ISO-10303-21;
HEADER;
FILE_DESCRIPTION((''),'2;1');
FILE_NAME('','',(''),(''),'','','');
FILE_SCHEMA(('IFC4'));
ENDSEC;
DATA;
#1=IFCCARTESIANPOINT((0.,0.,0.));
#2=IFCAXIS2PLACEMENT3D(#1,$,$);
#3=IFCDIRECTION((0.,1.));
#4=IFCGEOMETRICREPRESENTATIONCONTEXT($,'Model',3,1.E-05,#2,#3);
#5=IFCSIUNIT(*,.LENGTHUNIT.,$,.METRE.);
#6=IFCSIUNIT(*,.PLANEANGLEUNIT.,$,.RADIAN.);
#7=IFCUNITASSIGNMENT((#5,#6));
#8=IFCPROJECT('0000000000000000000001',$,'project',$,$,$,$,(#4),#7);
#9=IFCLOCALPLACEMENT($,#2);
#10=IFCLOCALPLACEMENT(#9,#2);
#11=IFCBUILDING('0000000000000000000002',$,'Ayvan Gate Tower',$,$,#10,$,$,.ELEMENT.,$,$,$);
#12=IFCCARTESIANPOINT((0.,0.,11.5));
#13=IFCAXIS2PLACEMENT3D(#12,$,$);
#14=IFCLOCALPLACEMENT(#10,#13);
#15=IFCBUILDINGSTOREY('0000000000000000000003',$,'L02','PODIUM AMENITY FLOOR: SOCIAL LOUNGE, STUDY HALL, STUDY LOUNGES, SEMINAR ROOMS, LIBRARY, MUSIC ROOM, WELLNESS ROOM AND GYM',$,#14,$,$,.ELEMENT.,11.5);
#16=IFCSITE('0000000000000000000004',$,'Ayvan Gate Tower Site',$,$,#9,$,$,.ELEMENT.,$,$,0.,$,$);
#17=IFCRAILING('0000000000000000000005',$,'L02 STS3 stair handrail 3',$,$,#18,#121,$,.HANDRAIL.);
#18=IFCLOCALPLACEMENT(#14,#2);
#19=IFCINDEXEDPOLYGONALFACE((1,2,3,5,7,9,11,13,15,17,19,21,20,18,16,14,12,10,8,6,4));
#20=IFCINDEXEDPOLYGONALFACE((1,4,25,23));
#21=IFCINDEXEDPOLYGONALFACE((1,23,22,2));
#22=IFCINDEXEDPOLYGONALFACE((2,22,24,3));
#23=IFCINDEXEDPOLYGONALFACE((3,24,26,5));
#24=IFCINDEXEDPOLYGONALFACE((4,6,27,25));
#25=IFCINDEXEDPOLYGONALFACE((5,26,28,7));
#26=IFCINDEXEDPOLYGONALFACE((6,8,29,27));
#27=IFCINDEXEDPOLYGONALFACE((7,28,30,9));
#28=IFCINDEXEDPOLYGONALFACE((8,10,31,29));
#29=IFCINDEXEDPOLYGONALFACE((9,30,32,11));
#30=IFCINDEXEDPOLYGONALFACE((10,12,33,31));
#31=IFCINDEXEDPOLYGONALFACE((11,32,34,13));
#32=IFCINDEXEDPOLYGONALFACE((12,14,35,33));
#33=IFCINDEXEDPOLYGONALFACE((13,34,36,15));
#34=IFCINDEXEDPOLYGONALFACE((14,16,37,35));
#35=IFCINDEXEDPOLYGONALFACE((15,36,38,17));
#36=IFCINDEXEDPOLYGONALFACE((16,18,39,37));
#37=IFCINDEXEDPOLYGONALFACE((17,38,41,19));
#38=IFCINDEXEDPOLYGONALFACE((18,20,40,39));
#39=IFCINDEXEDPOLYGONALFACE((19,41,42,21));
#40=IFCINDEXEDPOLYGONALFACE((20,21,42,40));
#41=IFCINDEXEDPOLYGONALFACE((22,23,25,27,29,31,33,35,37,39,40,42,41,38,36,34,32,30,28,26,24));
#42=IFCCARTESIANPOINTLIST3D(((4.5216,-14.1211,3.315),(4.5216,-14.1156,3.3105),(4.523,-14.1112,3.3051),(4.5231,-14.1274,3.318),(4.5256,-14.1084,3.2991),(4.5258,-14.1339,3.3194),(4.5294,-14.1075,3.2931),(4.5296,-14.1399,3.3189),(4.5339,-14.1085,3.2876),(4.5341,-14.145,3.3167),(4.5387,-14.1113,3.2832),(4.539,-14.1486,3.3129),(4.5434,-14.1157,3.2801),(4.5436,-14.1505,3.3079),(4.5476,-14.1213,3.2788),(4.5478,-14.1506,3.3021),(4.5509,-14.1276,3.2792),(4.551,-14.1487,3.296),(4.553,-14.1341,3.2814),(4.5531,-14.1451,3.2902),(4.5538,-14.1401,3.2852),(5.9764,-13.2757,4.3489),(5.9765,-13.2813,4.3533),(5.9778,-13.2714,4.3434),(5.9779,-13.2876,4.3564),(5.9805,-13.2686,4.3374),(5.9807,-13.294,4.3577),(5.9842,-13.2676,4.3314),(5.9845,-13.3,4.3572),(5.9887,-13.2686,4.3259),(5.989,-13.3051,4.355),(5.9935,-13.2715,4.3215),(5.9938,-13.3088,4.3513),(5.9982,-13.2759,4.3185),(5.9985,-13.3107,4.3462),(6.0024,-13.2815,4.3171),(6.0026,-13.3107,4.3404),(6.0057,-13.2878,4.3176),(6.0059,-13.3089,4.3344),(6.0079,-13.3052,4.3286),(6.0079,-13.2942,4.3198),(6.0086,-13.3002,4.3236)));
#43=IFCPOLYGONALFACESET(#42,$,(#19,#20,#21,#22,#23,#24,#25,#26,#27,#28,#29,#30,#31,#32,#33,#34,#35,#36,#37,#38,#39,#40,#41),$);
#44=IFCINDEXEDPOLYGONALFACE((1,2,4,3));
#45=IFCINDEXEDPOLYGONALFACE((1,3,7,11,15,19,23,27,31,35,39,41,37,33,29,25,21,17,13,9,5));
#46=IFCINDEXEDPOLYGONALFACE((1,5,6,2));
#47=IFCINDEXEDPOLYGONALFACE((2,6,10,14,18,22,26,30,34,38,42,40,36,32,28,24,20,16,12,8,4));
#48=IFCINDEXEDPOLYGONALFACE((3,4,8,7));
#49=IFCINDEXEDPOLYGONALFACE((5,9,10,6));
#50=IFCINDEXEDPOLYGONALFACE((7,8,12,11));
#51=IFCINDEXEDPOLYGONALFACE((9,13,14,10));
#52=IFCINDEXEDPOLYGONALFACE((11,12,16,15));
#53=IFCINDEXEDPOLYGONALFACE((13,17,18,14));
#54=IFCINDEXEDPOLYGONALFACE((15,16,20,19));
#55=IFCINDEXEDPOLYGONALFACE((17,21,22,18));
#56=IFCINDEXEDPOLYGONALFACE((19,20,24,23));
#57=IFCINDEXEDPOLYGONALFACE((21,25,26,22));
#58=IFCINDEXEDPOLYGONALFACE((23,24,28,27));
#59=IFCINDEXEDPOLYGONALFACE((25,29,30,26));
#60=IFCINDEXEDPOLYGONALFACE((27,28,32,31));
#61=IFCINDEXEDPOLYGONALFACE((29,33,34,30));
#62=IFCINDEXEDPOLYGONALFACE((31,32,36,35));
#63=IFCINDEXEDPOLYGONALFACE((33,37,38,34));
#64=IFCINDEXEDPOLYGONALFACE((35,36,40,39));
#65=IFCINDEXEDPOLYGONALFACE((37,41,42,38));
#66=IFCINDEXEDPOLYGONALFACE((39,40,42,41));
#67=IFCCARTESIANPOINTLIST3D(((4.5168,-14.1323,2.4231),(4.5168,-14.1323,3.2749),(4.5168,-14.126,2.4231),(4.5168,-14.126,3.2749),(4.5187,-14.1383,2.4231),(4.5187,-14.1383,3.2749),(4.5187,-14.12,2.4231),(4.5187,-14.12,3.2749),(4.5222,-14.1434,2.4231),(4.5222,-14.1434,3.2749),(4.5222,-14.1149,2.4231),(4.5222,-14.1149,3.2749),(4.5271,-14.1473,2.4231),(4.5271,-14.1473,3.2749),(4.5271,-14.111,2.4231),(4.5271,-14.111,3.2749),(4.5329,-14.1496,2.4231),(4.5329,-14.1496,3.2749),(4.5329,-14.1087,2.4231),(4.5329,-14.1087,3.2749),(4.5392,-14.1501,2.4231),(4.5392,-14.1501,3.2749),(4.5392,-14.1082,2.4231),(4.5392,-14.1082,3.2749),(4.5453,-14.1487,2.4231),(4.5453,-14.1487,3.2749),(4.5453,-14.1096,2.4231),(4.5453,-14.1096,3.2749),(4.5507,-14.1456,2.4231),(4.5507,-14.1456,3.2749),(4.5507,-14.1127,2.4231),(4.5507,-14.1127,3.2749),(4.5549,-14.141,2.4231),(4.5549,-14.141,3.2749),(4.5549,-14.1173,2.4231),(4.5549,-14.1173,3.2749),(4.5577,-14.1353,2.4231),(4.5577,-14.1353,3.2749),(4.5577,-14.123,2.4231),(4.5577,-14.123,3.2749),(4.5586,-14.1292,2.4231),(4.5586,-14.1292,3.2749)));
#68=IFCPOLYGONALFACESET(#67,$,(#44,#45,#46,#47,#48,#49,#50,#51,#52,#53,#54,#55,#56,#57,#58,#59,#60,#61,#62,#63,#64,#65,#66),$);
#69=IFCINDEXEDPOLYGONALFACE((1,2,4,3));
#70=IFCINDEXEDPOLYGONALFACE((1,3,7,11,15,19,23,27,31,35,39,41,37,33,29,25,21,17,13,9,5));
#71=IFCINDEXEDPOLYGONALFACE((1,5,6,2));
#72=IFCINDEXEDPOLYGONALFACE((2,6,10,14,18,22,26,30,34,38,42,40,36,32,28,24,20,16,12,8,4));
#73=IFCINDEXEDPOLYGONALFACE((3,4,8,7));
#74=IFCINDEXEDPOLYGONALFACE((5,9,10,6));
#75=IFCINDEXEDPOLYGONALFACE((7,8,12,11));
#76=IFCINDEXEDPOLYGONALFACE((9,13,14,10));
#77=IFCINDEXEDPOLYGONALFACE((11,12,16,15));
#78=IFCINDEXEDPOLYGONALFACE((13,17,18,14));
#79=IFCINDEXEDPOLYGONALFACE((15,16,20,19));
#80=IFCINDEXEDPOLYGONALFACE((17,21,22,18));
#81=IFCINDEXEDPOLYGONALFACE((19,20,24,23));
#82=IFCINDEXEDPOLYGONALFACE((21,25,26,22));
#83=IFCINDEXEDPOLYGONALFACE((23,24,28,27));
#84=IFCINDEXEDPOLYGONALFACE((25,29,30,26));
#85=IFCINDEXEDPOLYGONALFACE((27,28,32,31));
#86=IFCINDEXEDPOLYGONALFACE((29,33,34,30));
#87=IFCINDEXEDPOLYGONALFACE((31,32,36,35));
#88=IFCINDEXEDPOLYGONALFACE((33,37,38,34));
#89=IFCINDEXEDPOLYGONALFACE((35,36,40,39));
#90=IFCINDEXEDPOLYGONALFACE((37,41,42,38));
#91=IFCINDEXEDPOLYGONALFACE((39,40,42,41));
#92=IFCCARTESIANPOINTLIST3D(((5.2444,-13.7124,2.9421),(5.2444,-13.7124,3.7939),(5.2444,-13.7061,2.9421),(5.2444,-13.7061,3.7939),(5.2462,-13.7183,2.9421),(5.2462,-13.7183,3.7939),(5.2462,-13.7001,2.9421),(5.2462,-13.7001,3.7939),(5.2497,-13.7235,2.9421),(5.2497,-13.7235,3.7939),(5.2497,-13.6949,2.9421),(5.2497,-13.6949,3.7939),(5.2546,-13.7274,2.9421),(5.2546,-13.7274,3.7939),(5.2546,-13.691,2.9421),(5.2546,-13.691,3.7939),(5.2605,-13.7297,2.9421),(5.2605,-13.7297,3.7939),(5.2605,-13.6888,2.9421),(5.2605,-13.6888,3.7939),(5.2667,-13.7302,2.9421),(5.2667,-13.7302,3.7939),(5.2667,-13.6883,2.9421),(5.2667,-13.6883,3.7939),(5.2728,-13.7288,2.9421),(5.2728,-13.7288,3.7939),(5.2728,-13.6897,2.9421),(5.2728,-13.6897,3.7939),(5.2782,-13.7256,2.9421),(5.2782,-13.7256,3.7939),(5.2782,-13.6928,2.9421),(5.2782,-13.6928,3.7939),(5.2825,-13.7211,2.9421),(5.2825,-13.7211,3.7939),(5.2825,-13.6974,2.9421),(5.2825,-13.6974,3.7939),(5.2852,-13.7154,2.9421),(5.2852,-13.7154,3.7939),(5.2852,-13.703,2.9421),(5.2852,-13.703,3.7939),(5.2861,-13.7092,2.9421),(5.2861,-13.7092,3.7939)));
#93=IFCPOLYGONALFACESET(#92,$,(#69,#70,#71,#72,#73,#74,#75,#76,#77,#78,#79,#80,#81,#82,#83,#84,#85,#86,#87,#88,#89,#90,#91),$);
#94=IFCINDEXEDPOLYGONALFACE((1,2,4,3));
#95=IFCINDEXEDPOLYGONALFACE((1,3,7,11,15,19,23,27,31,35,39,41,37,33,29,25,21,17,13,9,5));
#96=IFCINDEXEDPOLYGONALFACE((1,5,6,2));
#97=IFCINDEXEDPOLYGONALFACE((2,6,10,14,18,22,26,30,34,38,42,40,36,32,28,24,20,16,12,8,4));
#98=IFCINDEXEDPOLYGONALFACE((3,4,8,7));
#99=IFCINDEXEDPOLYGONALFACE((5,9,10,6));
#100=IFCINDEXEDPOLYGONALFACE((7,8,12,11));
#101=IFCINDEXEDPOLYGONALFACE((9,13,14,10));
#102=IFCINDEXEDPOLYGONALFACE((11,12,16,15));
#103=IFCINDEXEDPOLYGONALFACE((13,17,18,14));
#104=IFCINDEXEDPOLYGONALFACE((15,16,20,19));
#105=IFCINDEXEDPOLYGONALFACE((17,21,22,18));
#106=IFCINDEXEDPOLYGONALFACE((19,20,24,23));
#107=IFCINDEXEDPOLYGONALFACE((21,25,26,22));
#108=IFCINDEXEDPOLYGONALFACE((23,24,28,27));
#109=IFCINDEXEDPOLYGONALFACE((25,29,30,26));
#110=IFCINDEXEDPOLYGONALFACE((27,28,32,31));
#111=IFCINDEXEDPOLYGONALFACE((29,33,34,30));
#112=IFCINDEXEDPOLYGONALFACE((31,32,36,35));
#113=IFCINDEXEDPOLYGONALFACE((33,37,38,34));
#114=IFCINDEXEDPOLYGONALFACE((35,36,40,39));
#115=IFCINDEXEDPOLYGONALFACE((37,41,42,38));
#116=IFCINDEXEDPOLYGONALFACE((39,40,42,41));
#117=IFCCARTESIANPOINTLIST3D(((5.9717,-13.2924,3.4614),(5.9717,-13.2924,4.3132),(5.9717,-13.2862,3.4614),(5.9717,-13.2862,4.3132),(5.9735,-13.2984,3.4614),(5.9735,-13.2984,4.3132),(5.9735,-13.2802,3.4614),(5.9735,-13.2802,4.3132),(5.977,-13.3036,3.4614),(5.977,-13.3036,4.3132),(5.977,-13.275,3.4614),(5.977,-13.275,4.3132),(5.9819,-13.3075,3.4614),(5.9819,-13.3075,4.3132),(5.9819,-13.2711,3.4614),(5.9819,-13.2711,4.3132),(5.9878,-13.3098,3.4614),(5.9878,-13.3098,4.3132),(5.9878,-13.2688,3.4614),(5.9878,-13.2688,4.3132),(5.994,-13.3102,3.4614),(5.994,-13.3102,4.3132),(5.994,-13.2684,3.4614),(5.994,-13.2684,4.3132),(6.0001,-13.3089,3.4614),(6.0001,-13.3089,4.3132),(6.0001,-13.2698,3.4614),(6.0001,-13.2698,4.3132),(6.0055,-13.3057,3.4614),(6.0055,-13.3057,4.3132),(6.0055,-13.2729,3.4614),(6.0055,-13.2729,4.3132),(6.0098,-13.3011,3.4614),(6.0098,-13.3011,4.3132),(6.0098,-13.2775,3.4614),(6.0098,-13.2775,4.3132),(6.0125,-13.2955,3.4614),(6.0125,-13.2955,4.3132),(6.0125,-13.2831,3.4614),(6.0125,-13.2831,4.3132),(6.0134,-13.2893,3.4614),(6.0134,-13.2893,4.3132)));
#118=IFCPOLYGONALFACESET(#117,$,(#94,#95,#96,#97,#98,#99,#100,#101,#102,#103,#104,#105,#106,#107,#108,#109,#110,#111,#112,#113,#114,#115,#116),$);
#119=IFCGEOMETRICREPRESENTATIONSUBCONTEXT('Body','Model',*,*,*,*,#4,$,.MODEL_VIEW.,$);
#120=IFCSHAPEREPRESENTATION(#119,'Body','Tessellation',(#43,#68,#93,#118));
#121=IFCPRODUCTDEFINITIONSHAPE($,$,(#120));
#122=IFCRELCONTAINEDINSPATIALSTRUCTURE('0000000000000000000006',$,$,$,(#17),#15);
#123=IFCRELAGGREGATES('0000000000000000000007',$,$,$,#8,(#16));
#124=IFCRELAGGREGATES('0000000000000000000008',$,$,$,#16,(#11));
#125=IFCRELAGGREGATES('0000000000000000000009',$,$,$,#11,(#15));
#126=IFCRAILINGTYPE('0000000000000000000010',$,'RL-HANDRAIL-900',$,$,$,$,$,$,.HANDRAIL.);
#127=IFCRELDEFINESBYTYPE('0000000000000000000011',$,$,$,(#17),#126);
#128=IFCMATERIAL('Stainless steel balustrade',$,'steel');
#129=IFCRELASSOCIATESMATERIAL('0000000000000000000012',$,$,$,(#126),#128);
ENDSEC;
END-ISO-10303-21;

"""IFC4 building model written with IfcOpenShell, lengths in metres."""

from ifc_helpers import new_model, si_unit, direction, frame, origin, origin_2d, place, context, subcontext, project, spatial, circle, extrude, material, type_object, element, save


model = new_model("IFC4")

# Units and contexts
model_context = context("Model", 3, precision=1e-05, world=origin(), true_north=direction((0.0, 1.0)))
body_context = subcontext(model_context, "Body", "Model", "MODEL_VIEW")
ifc_project = project(units=[si_unit("LENGTHUNIT", "METRE"), si_unit("PLANEANGLEUNIT", "RADIAN")], contexts=[model_context])

# Site, building, storey
site_placement = place(None, origin())
site = spatial("IfcSite", under=ifc_project, at=site_placement, Name="Ayvan Gate Tower Site", CompositionType="ELEMENT", RefElevation=0.0)
building_placement = place(site_placement, origin())
building = spatial("IfcBuilding", under=site, at=building_placement, Name="Ayvan Gate Tower", CompositionType="ELEMENT")
storey_placement = place(building_placement, frame((0.0, 0.0, 11.5)))
storey = spatial("IfcBuildingStorey", under=building, at=storey_placement, Name="L02", Description="PODIUM AMENITY FLOOR: SOCIAL LOUNGE, STUDY HALL, STUDY LOUNGES, SEMINAR ROOMS, LIBRARY, MUSIC ROOM, WELLNESS ROOM AND GYM", CompositionType="ELEMENT", Elevation=11.5)

# Railing
ifc_material_1 = material(Name="Stainless steel balustrade", Category="steel")
railing_type = type_object("IfcRailingType", Name="RL-HANDRAIL-900", PredefinedType="HANDRAIL", material=ifc_material_1)
railing_placement = place(storey_placement, frame((4.5376, -14.1292, 2.4231)))
element("IfcRailing", 1, at=railing_placement, inside=storey, type_object=railing_type, Name="L02 STS3 stair handrail 3", PredefinedType="HANDRAIL", context=body_context, shape_type="SweptSolid", body=[
    extrude(circle(Radius=0.0239, at=origin_2d()), frame((0.0, 0.0, 0.876), z_axis=(0.736683, 0.425271, 0.525778), x_axis=(-0.499953, 0.866052, 0.0)), (0.0, 0.0, 1.0), 1.9749),
    extrude(circle(Radius=0.021, at=origin_2d()), origin(), (0.0, 0.0, 1.0), 0.8518),
    extrude(circle(Radius=0.021, at=origin_2d()), frame((0.7275, 0.4199, 0.519)), (0.0, 0.0, 1.0), 0.8518),
    extrude(circle(Radius=0.021, at=origin_2d()), frame((1.4548, 0.8398, 1.0383)), (0.0, 0.0, 1.0), 0.8518),
])

save(model, "model.ifc")
